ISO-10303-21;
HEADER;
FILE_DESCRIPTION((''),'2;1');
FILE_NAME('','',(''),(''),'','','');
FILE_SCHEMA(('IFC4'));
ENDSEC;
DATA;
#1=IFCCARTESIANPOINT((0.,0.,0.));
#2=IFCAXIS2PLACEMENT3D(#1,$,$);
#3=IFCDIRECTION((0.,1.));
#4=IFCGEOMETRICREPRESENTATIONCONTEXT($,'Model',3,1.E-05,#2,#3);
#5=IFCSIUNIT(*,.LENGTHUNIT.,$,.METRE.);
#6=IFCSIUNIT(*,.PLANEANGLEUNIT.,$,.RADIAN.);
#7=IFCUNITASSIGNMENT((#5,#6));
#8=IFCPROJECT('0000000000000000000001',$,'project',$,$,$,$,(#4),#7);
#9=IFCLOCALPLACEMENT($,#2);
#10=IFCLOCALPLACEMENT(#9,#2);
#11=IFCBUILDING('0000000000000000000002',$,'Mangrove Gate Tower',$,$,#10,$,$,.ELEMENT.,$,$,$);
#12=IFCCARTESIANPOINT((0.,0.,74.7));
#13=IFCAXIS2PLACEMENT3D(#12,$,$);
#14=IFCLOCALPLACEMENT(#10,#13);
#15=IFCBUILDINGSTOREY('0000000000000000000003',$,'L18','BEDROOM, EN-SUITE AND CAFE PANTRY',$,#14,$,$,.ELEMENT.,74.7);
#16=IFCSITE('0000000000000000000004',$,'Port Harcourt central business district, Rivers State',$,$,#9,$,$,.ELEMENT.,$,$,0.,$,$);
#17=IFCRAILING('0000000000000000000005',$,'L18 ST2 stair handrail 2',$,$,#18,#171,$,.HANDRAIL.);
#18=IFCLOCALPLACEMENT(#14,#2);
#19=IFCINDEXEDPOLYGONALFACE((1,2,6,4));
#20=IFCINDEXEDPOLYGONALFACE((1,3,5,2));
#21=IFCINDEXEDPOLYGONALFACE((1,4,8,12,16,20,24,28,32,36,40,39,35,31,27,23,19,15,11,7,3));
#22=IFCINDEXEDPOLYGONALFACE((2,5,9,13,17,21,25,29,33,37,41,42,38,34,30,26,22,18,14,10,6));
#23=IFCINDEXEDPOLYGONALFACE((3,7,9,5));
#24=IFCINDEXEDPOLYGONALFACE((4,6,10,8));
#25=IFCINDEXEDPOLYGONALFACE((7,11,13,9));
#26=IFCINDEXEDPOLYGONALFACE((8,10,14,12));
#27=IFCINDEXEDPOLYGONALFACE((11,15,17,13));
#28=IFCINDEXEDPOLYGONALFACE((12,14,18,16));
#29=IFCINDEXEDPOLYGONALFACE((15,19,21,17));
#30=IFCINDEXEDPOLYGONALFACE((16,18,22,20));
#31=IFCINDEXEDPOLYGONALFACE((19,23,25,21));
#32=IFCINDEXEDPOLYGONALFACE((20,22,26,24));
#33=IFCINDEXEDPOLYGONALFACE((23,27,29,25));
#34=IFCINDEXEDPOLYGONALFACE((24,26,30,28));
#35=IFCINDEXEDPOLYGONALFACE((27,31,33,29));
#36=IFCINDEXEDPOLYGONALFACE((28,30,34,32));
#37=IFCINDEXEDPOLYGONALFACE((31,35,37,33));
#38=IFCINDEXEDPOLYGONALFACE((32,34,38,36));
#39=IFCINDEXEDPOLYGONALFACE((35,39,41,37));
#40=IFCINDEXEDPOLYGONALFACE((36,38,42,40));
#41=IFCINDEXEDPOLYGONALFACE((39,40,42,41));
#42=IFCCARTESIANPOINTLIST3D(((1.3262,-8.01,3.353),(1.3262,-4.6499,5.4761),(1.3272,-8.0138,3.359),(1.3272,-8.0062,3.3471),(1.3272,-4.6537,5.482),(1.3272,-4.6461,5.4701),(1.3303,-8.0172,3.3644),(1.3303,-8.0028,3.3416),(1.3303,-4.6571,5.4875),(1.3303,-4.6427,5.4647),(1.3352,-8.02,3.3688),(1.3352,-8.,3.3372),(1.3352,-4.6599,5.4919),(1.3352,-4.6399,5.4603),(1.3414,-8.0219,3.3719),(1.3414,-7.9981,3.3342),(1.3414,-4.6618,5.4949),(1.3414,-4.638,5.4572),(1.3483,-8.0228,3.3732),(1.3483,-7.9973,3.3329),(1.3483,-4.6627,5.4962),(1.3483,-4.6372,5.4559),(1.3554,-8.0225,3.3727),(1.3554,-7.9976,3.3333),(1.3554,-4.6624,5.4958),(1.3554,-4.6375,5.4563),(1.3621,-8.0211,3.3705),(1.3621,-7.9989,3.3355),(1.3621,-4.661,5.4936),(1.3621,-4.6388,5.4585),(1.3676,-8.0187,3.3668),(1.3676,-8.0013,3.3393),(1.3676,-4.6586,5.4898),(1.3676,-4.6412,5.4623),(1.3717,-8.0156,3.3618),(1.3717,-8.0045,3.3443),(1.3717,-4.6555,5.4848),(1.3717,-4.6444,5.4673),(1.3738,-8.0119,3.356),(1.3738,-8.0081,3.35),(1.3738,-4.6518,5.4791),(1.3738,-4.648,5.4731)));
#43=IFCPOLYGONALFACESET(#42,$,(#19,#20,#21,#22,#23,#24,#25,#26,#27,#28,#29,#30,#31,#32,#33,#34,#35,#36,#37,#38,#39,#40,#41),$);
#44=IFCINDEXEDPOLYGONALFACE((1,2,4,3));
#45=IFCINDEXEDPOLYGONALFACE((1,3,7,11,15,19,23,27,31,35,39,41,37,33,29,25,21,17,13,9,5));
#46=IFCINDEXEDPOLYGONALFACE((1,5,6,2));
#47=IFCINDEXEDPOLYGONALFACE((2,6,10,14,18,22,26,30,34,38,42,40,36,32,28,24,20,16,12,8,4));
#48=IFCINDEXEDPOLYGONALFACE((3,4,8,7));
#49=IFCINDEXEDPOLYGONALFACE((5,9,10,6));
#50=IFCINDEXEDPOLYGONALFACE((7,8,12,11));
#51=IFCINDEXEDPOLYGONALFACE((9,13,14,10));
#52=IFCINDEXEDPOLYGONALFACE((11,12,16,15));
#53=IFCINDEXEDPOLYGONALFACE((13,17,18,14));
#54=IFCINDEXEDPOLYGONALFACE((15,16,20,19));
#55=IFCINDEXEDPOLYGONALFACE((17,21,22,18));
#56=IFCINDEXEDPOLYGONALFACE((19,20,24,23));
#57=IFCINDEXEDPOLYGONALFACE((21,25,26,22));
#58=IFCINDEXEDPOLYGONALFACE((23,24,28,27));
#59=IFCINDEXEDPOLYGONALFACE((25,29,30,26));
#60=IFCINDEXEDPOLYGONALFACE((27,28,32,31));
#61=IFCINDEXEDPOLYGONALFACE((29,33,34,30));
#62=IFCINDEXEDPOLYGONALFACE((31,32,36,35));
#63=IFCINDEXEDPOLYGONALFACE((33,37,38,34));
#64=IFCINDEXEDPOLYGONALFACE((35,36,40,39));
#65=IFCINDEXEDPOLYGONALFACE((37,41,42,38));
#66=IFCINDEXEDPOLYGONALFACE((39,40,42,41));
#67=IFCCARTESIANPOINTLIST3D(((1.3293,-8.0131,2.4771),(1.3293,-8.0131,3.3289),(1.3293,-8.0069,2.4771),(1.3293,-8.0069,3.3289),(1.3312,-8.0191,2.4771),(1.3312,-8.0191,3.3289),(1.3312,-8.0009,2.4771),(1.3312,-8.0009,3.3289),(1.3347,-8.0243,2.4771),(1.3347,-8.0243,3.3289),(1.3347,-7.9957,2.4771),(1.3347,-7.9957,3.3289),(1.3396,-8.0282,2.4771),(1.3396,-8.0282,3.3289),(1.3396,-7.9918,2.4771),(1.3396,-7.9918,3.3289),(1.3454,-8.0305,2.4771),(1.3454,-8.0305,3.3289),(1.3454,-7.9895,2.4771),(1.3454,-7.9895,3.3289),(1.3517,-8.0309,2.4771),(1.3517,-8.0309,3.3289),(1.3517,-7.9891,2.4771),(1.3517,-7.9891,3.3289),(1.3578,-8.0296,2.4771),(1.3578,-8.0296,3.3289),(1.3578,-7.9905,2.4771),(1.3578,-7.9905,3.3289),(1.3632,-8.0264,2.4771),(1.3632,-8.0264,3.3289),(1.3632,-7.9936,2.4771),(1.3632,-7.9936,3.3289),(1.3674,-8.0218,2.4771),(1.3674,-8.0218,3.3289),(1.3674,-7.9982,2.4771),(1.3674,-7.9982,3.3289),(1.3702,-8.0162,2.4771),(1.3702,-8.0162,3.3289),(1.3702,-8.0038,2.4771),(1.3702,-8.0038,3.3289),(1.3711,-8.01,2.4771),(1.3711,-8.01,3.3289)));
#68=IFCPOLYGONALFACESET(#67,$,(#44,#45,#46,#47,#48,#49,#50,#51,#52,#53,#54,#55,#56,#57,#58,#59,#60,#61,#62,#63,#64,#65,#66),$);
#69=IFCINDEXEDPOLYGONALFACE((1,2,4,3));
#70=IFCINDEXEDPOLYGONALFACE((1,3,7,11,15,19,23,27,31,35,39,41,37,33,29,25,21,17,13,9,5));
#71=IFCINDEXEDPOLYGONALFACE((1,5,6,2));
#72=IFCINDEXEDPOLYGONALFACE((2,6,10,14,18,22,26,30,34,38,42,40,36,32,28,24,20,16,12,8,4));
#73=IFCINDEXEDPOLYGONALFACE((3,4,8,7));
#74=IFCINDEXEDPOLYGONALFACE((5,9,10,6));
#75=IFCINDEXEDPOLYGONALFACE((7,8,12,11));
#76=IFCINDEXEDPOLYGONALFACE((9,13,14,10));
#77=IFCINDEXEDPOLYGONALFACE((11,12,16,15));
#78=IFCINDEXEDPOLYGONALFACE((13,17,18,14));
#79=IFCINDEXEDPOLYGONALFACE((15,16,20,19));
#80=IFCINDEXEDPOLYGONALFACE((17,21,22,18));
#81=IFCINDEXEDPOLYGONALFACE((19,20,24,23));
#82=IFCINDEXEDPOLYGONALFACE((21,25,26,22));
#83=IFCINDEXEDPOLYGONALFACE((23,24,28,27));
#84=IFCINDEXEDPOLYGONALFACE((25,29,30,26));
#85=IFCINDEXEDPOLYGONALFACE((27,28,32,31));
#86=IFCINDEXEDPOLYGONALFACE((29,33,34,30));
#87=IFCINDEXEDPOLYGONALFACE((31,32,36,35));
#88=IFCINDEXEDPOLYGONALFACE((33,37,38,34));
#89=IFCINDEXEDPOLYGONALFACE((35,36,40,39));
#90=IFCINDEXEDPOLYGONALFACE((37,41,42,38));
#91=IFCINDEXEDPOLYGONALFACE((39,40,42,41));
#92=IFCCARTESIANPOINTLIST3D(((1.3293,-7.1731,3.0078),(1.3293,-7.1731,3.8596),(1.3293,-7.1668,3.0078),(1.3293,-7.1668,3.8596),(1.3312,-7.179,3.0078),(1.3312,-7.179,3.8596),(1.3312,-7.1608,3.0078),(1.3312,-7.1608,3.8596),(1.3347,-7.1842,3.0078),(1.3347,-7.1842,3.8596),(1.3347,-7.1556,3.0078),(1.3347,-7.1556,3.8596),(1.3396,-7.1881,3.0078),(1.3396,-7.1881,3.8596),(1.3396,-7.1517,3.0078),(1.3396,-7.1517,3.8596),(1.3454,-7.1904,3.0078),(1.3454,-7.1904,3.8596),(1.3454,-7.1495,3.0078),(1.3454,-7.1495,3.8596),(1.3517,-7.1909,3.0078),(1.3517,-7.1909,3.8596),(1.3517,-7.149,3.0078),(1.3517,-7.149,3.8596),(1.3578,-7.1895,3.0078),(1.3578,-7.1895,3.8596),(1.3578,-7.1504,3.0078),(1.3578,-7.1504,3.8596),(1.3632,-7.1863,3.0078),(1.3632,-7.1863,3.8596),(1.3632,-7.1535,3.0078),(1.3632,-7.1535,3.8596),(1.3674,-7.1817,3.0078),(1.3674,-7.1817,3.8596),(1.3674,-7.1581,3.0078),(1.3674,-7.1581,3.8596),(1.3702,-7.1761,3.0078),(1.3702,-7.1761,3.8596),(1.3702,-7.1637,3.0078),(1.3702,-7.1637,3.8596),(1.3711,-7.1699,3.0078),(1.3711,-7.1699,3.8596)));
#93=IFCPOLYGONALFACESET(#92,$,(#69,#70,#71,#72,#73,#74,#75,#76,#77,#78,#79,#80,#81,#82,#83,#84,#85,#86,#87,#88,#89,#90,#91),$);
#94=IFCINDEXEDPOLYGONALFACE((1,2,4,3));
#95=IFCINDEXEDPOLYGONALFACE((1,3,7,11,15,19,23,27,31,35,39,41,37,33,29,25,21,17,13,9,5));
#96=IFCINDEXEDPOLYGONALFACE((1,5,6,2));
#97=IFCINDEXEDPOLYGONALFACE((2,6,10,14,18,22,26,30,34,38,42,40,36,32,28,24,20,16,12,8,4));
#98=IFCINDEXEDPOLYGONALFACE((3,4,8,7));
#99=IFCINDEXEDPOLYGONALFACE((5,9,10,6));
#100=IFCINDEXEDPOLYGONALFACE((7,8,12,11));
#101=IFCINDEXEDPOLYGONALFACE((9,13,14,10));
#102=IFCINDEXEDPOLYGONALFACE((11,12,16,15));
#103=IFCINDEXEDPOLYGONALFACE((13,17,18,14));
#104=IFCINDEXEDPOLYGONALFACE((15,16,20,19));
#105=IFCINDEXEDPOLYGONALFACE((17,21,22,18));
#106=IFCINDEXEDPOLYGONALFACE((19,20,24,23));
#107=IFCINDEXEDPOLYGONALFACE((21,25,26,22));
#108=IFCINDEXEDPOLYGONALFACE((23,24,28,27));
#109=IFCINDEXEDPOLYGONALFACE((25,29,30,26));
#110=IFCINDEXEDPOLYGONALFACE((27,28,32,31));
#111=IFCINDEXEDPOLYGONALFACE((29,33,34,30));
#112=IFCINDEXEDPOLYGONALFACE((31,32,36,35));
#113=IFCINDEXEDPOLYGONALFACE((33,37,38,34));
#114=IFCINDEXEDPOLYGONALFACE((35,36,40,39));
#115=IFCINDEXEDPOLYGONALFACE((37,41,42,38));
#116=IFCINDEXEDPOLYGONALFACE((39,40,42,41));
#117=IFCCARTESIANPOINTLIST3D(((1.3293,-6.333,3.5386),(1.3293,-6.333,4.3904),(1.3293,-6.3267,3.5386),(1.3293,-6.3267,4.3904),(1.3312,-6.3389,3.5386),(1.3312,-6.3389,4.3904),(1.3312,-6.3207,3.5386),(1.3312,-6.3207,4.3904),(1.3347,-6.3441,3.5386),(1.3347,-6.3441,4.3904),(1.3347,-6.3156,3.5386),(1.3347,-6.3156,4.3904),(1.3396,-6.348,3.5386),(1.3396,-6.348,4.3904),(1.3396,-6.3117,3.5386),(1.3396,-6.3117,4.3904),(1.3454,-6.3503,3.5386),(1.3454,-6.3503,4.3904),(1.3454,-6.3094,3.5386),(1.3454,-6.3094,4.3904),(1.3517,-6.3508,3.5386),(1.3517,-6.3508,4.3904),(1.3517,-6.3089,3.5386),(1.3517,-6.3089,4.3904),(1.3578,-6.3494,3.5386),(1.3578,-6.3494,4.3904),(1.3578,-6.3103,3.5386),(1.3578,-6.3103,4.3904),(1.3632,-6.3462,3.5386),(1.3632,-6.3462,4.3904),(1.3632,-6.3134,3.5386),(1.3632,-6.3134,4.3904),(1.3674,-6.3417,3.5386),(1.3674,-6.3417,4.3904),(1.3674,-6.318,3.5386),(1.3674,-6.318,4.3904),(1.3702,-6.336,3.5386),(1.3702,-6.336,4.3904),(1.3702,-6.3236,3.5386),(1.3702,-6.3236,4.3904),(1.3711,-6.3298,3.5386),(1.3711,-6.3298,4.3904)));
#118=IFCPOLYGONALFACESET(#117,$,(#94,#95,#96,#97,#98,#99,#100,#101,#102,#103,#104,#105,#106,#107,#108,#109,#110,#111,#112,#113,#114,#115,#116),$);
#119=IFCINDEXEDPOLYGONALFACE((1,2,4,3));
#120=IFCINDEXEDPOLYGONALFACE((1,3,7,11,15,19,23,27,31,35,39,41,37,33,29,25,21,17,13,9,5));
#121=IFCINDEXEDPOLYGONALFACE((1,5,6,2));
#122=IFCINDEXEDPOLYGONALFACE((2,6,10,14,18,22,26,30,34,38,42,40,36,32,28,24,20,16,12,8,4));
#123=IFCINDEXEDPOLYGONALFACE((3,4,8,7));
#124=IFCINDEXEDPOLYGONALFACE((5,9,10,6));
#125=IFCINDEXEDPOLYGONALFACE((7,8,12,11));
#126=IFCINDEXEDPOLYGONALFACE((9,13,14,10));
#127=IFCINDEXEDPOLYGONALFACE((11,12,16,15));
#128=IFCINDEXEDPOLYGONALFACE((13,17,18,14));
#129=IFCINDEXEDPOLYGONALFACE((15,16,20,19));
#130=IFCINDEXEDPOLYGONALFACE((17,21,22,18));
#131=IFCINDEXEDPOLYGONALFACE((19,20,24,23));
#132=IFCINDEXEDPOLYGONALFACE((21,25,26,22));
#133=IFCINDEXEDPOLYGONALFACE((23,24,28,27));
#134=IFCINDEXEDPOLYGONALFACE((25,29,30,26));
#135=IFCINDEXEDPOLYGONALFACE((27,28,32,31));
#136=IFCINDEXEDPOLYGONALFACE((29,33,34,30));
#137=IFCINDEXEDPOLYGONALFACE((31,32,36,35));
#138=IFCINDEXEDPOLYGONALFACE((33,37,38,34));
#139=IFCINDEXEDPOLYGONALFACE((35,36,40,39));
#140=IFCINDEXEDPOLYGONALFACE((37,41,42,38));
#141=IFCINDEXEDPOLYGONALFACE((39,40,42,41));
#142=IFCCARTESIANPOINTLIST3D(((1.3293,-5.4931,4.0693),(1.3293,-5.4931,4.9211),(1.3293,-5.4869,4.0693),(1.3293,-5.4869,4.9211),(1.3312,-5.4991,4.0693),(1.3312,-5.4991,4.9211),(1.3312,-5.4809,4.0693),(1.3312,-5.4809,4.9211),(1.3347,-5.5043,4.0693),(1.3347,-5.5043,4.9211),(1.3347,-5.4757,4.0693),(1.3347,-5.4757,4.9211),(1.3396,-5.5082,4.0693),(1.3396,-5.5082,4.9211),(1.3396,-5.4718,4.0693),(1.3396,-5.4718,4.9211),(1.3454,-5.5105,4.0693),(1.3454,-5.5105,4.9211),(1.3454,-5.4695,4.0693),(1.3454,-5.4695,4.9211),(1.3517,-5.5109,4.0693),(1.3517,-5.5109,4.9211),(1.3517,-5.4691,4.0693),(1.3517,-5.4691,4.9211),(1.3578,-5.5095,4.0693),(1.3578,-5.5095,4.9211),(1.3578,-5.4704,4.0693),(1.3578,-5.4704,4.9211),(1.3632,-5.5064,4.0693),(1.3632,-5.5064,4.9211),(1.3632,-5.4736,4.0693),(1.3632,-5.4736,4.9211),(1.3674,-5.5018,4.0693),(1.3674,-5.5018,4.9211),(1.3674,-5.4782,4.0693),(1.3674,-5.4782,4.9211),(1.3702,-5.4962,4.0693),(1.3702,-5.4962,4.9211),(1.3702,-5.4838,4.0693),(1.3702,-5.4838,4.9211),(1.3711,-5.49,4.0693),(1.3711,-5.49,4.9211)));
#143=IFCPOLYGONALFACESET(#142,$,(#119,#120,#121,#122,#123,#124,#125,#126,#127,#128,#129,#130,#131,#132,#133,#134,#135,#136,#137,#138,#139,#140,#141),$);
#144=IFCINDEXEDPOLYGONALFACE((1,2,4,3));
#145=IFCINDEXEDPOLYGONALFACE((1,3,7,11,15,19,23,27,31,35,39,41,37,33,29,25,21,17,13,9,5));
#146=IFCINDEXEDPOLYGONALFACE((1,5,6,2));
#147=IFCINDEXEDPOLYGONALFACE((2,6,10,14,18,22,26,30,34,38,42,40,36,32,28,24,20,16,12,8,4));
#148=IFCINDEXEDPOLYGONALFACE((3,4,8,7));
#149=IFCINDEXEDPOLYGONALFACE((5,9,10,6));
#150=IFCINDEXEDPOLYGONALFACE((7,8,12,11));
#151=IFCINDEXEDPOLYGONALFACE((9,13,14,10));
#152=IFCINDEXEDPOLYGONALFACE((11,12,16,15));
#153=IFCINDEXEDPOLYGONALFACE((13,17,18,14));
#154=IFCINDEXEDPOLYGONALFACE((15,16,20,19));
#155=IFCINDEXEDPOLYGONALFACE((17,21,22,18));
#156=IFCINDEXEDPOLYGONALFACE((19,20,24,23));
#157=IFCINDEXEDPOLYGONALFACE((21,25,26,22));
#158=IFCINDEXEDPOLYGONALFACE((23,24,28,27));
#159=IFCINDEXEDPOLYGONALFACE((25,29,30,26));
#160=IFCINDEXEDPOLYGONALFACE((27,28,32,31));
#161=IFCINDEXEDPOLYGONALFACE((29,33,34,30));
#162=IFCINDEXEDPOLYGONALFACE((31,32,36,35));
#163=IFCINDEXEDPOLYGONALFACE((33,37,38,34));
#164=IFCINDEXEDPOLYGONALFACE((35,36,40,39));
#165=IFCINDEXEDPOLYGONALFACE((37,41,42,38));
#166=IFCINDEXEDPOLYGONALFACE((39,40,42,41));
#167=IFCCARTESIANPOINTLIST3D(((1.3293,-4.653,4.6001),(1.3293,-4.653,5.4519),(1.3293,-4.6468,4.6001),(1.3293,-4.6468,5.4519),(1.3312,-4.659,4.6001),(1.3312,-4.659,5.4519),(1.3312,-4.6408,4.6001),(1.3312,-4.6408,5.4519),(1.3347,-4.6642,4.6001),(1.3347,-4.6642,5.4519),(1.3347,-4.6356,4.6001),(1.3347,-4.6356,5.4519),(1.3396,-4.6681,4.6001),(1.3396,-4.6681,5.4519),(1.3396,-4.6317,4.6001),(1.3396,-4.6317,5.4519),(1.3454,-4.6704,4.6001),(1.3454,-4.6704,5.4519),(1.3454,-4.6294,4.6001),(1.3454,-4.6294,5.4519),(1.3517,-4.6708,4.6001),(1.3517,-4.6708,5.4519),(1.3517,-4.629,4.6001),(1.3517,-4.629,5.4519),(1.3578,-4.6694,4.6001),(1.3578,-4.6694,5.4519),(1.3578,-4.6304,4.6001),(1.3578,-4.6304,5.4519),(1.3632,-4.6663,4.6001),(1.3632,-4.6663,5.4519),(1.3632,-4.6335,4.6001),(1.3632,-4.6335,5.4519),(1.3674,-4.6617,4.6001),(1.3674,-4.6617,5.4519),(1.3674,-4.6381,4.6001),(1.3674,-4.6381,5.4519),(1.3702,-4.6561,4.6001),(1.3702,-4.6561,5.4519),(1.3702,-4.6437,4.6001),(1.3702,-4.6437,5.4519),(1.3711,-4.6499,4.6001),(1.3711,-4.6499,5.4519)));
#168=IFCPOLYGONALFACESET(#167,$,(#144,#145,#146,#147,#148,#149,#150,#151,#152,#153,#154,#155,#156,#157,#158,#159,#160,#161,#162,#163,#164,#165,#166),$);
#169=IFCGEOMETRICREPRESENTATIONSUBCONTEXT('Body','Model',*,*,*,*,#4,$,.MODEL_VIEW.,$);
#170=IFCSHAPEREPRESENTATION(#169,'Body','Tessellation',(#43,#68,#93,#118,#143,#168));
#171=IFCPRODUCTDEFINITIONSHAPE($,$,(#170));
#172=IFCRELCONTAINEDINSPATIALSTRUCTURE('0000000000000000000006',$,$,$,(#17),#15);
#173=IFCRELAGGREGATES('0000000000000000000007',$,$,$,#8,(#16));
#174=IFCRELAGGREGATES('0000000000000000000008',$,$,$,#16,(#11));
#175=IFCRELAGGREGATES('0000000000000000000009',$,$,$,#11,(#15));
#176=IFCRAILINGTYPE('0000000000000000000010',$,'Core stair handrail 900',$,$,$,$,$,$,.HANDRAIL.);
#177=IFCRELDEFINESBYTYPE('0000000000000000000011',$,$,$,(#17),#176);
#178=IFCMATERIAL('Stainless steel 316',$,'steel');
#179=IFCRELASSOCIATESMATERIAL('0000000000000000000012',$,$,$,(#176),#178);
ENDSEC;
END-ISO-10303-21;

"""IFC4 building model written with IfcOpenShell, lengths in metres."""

from ifc_helpers import new_model, si_unit, direction, frame, origin, origin_2d, place, context, subcontext, project, spatial, circle, extrude, material, type_object, element, save


model = new_model("IFC4")

# Units and contexts
model_context = context("Model", 3, precision=1e-05, world=origin(), true_north=direction((0.0, 1.0)))
body_context = subcontext(model_context, "Body", "Model", "MODEL_VIEW")
ifc_project = project(units=[si_unit("LENGTHUNIT", "METRE"), si_unit("PLANEANGLEUNIT", "RADIAN")], contexts=[model_context])

# Site, building, storey
site_placement = place(None, origin())
site = spatial("IfcSite", under=ifc_project, at=site_placement, Name="Port Harcourt central business district, Rivers State", CompositionType="ELEMENT", RefElevation=0.0)
building_placement = place(site_placement, origin())
building = spatial("IfcBuilding", under=site, at=building_placement, Name="Mangrove Gate Tower", CompositionType="ELEMENT")
storey_placement = place(building_placement, frame((0.0, 0.0, 74.7)))
storey = spatial("IfcBuildingStorey", under=building, at=storey_placement, Name="L18", Description="BEDROOM, EN-SUITE AND CAFE PANTRY", CompositionType="ELEMENT", Elevation=74.7)

# Railing
ifc_material_1 = material(Name="Stainless steel 316", Category="steel")
railing_type_1 = type_object("IfcRailingType", Name="Core stair handrail 900", PredefinedType="HANDRAIL", material=ifc_material_1)
railing_1_placement = place(storey_placement, frame((1.3501, -8.01, 2.4771)))
element("IfcRailing", 1, at=railing_1_placement, inside=storey, type_object=railing_type_1, Name="L18 ST2 stair handrail 2", PredefinedType="HANDRAIL", context=body_context, shape_type="SweptSolid", body=[
    extrude(circle(Radius=0.0239, at=origin_2d()), frame((0.0, 0.0, 0.876), z_axis=(0.0, 0.84539, 0.53415), x_axis=(-1.0, 0.0, 0.0)), (0.0, 0.0, 1.0), 3.9746),
    extrude(circle(Radius=0.021, at=origin_2d()), origin(), (0.0, 0.0, 1.0), 0.8518),
    extrude(circle(Radius=0.021, at=origin_2d()), frame((0.0, 0.8401, 0.5308)), (0.0, 0.0, 1.0), 0.8518),
    extrude(circle(Radius=0.021, at=origin_2d()), frame((0.0, 1.6802, 1.0615)), (0.0, 0.0, 1.0), 0.8518),
    extrude(circle(Radius=0.021, at=origin_2d()), frame((0.0, 2.52, 1.5923)), (0.0, 0.0, 1.0), 0.8518),
    extrude(circle(Radius=0.021, at=origin_2d()), frame((0.0, 3.3601, 2.123)), (0.0, 0.0, 1.0), 0.8518),
])

save(model, "model.ifc")
